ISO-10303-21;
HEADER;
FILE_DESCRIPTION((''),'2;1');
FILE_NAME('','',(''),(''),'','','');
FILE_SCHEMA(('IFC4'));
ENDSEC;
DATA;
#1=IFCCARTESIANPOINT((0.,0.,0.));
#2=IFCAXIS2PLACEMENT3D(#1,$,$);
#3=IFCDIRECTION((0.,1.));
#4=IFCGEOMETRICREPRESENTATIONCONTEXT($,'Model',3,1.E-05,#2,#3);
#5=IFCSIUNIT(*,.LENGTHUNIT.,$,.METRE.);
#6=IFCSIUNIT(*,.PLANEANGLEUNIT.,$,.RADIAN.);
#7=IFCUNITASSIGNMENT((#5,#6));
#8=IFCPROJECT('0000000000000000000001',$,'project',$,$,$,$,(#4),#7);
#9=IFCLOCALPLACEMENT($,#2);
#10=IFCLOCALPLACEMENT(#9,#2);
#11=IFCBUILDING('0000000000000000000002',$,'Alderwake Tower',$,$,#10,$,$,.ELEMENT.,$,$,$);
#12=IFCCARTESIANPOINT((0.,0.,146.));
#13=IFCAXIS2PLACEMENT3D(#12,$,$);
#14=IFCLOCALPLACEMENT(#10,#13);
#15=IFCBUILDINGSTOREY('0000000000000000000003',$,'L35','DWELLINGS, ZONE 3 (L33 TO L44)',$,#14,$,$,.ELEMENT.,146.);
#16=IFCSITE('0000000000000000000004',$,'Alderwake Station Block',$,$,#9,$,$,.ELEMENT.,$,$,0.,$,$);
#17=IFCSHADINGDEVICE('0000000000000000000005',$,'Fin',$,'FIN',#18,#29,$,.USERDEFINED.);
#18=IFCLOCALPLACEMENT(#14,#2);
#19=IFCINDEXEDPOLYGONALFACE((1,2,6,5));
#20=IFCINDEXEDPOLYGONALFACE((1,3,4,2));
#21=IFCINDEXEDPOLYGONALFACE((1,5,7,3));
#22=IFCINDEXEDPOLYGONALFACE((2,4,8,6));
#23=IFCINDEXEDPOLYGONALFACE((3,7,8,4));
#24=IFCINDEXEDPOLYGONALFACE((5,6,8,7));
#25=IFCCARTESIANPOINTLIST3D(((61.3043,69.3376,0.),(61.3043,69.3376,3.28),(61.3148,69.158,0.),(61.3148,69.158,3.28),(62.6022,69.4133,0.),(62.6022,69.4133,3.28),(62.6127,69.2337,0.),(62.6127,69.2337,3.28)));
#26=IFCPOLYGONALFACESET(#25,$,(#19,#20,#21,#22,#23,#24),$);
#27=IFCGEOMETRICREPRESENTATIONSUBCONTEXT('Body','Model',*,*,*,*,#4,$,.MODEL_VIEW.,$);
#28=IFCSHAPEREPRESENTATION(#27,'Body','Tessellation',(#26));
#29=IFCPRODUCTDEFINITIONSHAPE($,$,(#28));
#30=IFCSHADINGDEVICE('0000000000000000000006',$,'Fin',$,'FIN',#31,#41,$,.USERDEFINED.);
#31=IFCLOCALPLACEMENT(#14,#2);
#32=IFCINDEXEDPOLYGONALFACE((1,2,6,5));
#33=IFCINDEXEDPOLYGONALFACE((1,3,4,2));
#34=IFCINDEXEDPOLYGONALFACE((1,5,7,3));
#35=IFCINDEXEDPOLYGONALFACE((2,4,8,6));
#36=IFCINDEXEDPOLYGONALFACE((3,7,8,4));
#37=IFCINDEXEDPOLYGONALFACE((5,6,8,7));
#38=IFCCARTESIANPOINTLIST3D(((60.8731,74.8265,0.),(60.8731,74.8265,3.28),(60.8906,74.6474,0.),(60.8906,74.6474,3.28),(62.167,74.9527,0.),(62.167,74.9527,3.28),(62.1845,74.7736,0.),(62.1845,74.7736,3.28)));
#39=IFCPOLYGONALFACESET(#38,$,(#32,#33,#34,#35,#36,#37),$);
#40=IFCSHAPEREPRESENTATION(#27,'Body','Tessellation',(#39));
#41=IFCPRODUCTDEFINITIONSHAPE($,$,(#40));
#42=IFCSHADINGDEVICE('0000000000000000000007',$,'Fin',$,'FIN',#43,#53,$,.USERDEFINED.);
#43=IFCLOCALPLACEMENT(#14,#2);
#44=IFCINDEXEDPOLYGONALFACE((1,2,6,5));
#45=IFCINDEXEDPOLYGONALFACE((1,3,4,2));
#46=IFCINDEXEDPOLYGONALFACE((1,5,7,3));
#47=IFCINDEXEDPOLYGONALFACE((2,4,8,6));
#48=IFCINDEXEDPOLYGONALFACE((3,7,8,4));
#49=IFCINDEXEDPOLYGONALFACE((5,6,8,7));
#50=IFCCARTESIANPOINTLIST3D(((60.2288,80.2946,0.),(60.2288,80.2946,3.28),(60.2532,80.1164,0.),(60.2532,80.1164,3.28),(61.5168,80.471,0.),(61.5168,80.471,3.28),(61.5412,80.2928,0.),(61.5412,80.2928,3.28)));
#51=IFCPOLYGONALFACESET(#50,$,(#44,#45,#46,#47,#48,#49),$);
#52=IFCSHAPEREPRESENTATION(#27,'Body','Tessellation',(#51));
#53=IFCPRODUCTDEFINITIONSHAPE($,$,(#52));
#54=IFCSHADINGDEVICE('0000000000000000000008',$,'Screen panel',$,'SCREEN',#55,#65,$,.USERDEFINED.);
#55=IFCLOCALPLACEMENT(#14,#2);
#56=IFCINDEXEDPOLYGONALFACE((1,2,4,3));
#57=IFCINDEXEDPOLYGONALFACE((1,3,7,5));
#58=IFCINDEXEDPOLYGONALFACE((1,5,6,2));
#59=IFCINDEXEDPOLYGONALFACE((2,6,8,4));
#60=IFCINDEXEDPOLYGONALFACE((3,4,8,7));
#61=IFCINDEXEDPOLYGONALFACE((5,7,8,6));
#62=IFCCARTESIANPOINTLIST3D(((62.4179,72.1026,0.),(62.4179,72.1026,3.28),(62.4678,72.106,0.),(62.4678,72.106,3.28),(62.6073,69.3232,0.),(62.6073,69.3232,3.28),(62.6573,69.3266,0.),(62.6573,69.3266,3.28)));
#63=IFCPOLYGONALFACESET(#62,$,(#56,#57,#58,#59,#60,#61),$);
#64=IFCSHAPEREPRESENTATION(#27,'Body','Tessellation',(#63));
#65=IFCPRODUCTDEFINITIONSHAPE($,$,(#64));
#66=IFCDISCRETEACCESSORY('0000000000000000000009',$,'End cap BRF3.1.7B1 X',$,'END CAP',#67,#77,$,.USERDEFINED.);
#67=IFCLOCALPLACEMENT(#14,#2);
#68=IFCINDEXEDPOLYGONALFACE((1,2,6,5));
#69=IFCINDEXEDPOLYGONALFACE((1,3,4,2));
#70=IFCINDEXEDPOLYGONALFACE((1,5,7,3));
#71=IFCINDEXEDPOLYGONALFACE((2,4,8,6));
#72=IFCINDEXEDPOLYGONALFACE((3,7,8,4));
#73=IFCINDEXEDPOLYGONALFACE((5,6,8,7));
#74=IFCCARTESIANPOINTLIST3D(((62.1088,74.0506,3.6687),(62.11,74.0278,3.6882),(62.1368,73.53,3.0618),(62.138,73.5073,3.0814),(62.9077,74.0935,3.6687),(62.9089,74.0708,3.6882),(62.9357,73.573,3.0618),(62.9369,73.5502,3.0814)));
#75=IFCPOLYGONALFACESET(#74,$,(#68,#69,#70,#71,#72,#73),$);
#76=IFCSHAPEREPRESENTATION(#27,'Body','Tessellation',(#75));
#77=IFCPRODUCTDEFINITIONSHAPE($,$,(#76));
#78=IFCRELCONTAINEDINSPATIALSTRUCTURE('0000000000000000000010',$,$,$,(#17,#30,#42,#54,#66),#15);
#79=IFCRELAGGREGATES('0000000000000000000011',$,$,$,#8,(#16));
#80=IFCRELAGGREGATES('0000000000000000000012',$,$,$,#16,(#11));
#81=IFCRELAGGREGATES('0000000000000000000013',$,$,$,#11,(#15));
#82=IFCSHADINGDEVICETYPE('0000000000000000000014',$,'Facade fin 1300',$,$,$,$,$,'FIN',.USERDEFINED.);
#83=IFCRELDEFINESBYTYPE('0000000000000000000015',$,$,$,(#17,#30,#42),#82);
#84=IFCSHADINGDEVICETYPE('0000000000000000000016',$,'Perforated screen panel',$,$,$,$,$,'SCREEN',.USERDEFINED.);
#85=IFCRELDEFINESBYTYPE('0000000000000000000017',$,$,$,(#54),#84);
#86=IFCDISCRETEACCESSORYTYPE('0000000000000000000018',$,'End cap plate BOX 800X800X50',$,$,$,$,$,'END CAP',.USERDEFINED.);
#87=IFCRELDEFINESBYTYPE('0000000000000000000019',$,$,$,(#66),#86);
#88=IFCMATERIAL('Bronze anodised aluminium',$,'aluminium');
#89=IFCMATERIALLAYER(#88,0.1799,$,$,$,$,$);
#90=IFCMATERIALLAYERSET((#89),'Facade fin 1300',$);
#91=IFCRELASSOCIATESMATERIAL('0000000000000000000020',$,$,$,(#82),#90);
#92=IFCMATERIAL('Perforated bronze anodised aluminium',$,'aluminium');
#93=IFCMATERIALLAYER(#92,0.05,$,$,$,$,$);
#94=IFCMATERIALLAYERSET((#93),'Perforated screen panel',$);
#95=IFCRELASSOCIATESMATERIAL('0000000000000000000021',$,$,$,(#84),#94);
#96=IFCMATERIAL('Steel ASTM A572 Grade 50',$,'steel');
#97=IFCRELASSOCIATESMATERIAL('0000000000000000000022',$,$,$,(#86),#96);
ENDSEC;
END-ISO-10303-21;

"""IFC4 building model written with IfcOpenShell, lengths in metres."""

from ifc_helpers import new_model, si_unit, direction, frame, origin, origin_2d, place, context, subcontext, project, spatial, rectangle, extrude, material, layer, layer_set, material_profile, profile_set, type_object, element, save


model = new_model("IFC4")

# Units and contexts
model_context = context("Model", 3, precision=1e-05, world=origin(), true_north=direction((0.0, 1.0)))
body_context = subcontext(model_context, "Body", "Model", "MODEL_VIEW")
ifc_project = project(units=[si_unit("LENGTHUNIT", "METRE"), si_unit("PLANEANGLEUNIT", "RADIAN")], contexts=[model_context])

# Site, building, storey
site_placement = place(None, origin())
site = spatial("IfcSite", under=ifc_project, at=site_placement, Name="Alderwake Station Block", CompositionType="ELEMENT", RefElevation=0.0)
building_placement = place(site_placement, origin())
building = spatial("IfcBuilding", under=site, at=building_placement, Name="Alderwake Tower", CompositionType="ELEMENT")
storey_placement = place(building_placement, frame((0.0, 0.0, 146.0)))
storey = spatial("IfcBuildingStorey", under=building, at=storey_placement, Name="L35", Description="DWELLINGS, ZONE 3 (L33 TO L44)", CompositionType="ELEMENT", Elevation=146.0)

# Shading devices
ifc_material_1 = material(Name="Bronze anodised aluminium", Category="aluminium")
ifc_layer_1 = layer(ifc_material_1, 0.1799)
ifc_layer_set_1 = layer_set([ifc_layer_1], Name="Facade fin 1300")
shading_device_type_1 = type_object("IfcShadingDeviceType", Name="Facade fin 1300", ElementType="FIN", PredefinedType="USERDEFINED", material=ifc_layer_set_1)
for number, where, z_axis, x_axis, name in (
    (1, (61.9585, 69.2856, 0.0), (0.0, 0.0, 1.0), (0.998301, 0.058266, 0.0), "Fin"),
    (2, (61.5288, 74.8, 0.0), (0.0, 0.0, 1.0), (0.99528, 0.097046, 0.0), "Fin"),
    (3, (60.885, 80.2937, 0.0), (0.0, 0.0, 1.0), (0.990753, 0.135681, 0.0), "Fin"),
):
    element("IfcShadingDevice", number, at=place(storey_placement, frame(where, z_axis=z_axis, x_axis=x_axis)), inside=storey, type_object=shading_device_type_1, Name=name, ObjectType="FIN", PredefinedType="USERDEFINED", context=body_context, shape_type="SweptSolid", body=[
        extrude(rectangle(XDim=1.3, YDim=0.1799, at=origin_2d()), origin(), (0.0, 0.0, 1.0), 3.28),
    ])
ifc_material_2 = material(Name="Perforated bronze anodised aluminium", Category="aluminium")
ifc_layer_2 = layer(ifc_material_2, 0.05)
ifc_layer_set_2 = layer_set([ifc_layer_2], Name="Perforated screen panel")
shading_device_type_2 = type_object("IfcShadingDeviceType", Name="Perforated screen panel", ElementType="SCREEN", PredefinedType="USERDEFINED", material=ifc_layer_set_2)
shading_device_placement = place(storey_placement, frame((62.5376, 70.7146, 0.0), z_axis=(0.0, 0.0, 1.0), x_axis=(0.997685, 0.067998, 0.0)))
element("IfcShadingDevice", 4, at=shading_device_placement, inside=storey, type_object=shading_device_type_2, Name="Screen panel", ObjectType="SCREEN", PredefinedType="USERDEFINED", context=body_context, shape_type="SweptSolid", body=[
    extrude(rectangle(XDim=0.05, YDim=2.7859, at=origin_2d()), origin(), (0.0, 0.0, 1.0), 3.28),
])

# Discrete accessory
ifc_material_3 = material(Name="Steel ASTM A572 Grade 50", Category="steel")
ifc_material_profile_1 = material_profile(ifc_material_3, rectangle(XDim=0.8, YDim=0.8, at=origin_2d()), Name="BOX 800X800X50 cap")
ifc_profile_set_1 = profile_set([ifc_material_profile_1], Name="Steel ASTM A572 Grade 50")
discrete_accessory_type = type_object("IfcDiscreteAccessoryType", Name="End cap plate BOX 800X800X50", ElementType="END CAP", PredefinedType="USERDEFINED", material=ifc_profile_set_1)
discrete_accessory_placement = place(storey_placement, frame((62.5222, 73.8118, 3.3652), z_axis=(0.040724, -0.757476, 0.651592), x_axis=(0.998558, 0.053686, 0.0)))
element("IfcDiscreteAccessory", 5, at=discrete_accessory_placement, inside=storey, type_object=discrete_accessory_type, Name="End cap BRF3.1.7B1 X", ObjectType="END CAP", PredefinedType="USERDEFINED", context=body_context, shape_type="SweptSolid", body=[
    extrude(rectangle(XDim=0.8, YDim=0.8, at=origin_2d()), origin(), (0.0, 0.0, 1.0), 0.03),
])

save(model, "model.ifc")
